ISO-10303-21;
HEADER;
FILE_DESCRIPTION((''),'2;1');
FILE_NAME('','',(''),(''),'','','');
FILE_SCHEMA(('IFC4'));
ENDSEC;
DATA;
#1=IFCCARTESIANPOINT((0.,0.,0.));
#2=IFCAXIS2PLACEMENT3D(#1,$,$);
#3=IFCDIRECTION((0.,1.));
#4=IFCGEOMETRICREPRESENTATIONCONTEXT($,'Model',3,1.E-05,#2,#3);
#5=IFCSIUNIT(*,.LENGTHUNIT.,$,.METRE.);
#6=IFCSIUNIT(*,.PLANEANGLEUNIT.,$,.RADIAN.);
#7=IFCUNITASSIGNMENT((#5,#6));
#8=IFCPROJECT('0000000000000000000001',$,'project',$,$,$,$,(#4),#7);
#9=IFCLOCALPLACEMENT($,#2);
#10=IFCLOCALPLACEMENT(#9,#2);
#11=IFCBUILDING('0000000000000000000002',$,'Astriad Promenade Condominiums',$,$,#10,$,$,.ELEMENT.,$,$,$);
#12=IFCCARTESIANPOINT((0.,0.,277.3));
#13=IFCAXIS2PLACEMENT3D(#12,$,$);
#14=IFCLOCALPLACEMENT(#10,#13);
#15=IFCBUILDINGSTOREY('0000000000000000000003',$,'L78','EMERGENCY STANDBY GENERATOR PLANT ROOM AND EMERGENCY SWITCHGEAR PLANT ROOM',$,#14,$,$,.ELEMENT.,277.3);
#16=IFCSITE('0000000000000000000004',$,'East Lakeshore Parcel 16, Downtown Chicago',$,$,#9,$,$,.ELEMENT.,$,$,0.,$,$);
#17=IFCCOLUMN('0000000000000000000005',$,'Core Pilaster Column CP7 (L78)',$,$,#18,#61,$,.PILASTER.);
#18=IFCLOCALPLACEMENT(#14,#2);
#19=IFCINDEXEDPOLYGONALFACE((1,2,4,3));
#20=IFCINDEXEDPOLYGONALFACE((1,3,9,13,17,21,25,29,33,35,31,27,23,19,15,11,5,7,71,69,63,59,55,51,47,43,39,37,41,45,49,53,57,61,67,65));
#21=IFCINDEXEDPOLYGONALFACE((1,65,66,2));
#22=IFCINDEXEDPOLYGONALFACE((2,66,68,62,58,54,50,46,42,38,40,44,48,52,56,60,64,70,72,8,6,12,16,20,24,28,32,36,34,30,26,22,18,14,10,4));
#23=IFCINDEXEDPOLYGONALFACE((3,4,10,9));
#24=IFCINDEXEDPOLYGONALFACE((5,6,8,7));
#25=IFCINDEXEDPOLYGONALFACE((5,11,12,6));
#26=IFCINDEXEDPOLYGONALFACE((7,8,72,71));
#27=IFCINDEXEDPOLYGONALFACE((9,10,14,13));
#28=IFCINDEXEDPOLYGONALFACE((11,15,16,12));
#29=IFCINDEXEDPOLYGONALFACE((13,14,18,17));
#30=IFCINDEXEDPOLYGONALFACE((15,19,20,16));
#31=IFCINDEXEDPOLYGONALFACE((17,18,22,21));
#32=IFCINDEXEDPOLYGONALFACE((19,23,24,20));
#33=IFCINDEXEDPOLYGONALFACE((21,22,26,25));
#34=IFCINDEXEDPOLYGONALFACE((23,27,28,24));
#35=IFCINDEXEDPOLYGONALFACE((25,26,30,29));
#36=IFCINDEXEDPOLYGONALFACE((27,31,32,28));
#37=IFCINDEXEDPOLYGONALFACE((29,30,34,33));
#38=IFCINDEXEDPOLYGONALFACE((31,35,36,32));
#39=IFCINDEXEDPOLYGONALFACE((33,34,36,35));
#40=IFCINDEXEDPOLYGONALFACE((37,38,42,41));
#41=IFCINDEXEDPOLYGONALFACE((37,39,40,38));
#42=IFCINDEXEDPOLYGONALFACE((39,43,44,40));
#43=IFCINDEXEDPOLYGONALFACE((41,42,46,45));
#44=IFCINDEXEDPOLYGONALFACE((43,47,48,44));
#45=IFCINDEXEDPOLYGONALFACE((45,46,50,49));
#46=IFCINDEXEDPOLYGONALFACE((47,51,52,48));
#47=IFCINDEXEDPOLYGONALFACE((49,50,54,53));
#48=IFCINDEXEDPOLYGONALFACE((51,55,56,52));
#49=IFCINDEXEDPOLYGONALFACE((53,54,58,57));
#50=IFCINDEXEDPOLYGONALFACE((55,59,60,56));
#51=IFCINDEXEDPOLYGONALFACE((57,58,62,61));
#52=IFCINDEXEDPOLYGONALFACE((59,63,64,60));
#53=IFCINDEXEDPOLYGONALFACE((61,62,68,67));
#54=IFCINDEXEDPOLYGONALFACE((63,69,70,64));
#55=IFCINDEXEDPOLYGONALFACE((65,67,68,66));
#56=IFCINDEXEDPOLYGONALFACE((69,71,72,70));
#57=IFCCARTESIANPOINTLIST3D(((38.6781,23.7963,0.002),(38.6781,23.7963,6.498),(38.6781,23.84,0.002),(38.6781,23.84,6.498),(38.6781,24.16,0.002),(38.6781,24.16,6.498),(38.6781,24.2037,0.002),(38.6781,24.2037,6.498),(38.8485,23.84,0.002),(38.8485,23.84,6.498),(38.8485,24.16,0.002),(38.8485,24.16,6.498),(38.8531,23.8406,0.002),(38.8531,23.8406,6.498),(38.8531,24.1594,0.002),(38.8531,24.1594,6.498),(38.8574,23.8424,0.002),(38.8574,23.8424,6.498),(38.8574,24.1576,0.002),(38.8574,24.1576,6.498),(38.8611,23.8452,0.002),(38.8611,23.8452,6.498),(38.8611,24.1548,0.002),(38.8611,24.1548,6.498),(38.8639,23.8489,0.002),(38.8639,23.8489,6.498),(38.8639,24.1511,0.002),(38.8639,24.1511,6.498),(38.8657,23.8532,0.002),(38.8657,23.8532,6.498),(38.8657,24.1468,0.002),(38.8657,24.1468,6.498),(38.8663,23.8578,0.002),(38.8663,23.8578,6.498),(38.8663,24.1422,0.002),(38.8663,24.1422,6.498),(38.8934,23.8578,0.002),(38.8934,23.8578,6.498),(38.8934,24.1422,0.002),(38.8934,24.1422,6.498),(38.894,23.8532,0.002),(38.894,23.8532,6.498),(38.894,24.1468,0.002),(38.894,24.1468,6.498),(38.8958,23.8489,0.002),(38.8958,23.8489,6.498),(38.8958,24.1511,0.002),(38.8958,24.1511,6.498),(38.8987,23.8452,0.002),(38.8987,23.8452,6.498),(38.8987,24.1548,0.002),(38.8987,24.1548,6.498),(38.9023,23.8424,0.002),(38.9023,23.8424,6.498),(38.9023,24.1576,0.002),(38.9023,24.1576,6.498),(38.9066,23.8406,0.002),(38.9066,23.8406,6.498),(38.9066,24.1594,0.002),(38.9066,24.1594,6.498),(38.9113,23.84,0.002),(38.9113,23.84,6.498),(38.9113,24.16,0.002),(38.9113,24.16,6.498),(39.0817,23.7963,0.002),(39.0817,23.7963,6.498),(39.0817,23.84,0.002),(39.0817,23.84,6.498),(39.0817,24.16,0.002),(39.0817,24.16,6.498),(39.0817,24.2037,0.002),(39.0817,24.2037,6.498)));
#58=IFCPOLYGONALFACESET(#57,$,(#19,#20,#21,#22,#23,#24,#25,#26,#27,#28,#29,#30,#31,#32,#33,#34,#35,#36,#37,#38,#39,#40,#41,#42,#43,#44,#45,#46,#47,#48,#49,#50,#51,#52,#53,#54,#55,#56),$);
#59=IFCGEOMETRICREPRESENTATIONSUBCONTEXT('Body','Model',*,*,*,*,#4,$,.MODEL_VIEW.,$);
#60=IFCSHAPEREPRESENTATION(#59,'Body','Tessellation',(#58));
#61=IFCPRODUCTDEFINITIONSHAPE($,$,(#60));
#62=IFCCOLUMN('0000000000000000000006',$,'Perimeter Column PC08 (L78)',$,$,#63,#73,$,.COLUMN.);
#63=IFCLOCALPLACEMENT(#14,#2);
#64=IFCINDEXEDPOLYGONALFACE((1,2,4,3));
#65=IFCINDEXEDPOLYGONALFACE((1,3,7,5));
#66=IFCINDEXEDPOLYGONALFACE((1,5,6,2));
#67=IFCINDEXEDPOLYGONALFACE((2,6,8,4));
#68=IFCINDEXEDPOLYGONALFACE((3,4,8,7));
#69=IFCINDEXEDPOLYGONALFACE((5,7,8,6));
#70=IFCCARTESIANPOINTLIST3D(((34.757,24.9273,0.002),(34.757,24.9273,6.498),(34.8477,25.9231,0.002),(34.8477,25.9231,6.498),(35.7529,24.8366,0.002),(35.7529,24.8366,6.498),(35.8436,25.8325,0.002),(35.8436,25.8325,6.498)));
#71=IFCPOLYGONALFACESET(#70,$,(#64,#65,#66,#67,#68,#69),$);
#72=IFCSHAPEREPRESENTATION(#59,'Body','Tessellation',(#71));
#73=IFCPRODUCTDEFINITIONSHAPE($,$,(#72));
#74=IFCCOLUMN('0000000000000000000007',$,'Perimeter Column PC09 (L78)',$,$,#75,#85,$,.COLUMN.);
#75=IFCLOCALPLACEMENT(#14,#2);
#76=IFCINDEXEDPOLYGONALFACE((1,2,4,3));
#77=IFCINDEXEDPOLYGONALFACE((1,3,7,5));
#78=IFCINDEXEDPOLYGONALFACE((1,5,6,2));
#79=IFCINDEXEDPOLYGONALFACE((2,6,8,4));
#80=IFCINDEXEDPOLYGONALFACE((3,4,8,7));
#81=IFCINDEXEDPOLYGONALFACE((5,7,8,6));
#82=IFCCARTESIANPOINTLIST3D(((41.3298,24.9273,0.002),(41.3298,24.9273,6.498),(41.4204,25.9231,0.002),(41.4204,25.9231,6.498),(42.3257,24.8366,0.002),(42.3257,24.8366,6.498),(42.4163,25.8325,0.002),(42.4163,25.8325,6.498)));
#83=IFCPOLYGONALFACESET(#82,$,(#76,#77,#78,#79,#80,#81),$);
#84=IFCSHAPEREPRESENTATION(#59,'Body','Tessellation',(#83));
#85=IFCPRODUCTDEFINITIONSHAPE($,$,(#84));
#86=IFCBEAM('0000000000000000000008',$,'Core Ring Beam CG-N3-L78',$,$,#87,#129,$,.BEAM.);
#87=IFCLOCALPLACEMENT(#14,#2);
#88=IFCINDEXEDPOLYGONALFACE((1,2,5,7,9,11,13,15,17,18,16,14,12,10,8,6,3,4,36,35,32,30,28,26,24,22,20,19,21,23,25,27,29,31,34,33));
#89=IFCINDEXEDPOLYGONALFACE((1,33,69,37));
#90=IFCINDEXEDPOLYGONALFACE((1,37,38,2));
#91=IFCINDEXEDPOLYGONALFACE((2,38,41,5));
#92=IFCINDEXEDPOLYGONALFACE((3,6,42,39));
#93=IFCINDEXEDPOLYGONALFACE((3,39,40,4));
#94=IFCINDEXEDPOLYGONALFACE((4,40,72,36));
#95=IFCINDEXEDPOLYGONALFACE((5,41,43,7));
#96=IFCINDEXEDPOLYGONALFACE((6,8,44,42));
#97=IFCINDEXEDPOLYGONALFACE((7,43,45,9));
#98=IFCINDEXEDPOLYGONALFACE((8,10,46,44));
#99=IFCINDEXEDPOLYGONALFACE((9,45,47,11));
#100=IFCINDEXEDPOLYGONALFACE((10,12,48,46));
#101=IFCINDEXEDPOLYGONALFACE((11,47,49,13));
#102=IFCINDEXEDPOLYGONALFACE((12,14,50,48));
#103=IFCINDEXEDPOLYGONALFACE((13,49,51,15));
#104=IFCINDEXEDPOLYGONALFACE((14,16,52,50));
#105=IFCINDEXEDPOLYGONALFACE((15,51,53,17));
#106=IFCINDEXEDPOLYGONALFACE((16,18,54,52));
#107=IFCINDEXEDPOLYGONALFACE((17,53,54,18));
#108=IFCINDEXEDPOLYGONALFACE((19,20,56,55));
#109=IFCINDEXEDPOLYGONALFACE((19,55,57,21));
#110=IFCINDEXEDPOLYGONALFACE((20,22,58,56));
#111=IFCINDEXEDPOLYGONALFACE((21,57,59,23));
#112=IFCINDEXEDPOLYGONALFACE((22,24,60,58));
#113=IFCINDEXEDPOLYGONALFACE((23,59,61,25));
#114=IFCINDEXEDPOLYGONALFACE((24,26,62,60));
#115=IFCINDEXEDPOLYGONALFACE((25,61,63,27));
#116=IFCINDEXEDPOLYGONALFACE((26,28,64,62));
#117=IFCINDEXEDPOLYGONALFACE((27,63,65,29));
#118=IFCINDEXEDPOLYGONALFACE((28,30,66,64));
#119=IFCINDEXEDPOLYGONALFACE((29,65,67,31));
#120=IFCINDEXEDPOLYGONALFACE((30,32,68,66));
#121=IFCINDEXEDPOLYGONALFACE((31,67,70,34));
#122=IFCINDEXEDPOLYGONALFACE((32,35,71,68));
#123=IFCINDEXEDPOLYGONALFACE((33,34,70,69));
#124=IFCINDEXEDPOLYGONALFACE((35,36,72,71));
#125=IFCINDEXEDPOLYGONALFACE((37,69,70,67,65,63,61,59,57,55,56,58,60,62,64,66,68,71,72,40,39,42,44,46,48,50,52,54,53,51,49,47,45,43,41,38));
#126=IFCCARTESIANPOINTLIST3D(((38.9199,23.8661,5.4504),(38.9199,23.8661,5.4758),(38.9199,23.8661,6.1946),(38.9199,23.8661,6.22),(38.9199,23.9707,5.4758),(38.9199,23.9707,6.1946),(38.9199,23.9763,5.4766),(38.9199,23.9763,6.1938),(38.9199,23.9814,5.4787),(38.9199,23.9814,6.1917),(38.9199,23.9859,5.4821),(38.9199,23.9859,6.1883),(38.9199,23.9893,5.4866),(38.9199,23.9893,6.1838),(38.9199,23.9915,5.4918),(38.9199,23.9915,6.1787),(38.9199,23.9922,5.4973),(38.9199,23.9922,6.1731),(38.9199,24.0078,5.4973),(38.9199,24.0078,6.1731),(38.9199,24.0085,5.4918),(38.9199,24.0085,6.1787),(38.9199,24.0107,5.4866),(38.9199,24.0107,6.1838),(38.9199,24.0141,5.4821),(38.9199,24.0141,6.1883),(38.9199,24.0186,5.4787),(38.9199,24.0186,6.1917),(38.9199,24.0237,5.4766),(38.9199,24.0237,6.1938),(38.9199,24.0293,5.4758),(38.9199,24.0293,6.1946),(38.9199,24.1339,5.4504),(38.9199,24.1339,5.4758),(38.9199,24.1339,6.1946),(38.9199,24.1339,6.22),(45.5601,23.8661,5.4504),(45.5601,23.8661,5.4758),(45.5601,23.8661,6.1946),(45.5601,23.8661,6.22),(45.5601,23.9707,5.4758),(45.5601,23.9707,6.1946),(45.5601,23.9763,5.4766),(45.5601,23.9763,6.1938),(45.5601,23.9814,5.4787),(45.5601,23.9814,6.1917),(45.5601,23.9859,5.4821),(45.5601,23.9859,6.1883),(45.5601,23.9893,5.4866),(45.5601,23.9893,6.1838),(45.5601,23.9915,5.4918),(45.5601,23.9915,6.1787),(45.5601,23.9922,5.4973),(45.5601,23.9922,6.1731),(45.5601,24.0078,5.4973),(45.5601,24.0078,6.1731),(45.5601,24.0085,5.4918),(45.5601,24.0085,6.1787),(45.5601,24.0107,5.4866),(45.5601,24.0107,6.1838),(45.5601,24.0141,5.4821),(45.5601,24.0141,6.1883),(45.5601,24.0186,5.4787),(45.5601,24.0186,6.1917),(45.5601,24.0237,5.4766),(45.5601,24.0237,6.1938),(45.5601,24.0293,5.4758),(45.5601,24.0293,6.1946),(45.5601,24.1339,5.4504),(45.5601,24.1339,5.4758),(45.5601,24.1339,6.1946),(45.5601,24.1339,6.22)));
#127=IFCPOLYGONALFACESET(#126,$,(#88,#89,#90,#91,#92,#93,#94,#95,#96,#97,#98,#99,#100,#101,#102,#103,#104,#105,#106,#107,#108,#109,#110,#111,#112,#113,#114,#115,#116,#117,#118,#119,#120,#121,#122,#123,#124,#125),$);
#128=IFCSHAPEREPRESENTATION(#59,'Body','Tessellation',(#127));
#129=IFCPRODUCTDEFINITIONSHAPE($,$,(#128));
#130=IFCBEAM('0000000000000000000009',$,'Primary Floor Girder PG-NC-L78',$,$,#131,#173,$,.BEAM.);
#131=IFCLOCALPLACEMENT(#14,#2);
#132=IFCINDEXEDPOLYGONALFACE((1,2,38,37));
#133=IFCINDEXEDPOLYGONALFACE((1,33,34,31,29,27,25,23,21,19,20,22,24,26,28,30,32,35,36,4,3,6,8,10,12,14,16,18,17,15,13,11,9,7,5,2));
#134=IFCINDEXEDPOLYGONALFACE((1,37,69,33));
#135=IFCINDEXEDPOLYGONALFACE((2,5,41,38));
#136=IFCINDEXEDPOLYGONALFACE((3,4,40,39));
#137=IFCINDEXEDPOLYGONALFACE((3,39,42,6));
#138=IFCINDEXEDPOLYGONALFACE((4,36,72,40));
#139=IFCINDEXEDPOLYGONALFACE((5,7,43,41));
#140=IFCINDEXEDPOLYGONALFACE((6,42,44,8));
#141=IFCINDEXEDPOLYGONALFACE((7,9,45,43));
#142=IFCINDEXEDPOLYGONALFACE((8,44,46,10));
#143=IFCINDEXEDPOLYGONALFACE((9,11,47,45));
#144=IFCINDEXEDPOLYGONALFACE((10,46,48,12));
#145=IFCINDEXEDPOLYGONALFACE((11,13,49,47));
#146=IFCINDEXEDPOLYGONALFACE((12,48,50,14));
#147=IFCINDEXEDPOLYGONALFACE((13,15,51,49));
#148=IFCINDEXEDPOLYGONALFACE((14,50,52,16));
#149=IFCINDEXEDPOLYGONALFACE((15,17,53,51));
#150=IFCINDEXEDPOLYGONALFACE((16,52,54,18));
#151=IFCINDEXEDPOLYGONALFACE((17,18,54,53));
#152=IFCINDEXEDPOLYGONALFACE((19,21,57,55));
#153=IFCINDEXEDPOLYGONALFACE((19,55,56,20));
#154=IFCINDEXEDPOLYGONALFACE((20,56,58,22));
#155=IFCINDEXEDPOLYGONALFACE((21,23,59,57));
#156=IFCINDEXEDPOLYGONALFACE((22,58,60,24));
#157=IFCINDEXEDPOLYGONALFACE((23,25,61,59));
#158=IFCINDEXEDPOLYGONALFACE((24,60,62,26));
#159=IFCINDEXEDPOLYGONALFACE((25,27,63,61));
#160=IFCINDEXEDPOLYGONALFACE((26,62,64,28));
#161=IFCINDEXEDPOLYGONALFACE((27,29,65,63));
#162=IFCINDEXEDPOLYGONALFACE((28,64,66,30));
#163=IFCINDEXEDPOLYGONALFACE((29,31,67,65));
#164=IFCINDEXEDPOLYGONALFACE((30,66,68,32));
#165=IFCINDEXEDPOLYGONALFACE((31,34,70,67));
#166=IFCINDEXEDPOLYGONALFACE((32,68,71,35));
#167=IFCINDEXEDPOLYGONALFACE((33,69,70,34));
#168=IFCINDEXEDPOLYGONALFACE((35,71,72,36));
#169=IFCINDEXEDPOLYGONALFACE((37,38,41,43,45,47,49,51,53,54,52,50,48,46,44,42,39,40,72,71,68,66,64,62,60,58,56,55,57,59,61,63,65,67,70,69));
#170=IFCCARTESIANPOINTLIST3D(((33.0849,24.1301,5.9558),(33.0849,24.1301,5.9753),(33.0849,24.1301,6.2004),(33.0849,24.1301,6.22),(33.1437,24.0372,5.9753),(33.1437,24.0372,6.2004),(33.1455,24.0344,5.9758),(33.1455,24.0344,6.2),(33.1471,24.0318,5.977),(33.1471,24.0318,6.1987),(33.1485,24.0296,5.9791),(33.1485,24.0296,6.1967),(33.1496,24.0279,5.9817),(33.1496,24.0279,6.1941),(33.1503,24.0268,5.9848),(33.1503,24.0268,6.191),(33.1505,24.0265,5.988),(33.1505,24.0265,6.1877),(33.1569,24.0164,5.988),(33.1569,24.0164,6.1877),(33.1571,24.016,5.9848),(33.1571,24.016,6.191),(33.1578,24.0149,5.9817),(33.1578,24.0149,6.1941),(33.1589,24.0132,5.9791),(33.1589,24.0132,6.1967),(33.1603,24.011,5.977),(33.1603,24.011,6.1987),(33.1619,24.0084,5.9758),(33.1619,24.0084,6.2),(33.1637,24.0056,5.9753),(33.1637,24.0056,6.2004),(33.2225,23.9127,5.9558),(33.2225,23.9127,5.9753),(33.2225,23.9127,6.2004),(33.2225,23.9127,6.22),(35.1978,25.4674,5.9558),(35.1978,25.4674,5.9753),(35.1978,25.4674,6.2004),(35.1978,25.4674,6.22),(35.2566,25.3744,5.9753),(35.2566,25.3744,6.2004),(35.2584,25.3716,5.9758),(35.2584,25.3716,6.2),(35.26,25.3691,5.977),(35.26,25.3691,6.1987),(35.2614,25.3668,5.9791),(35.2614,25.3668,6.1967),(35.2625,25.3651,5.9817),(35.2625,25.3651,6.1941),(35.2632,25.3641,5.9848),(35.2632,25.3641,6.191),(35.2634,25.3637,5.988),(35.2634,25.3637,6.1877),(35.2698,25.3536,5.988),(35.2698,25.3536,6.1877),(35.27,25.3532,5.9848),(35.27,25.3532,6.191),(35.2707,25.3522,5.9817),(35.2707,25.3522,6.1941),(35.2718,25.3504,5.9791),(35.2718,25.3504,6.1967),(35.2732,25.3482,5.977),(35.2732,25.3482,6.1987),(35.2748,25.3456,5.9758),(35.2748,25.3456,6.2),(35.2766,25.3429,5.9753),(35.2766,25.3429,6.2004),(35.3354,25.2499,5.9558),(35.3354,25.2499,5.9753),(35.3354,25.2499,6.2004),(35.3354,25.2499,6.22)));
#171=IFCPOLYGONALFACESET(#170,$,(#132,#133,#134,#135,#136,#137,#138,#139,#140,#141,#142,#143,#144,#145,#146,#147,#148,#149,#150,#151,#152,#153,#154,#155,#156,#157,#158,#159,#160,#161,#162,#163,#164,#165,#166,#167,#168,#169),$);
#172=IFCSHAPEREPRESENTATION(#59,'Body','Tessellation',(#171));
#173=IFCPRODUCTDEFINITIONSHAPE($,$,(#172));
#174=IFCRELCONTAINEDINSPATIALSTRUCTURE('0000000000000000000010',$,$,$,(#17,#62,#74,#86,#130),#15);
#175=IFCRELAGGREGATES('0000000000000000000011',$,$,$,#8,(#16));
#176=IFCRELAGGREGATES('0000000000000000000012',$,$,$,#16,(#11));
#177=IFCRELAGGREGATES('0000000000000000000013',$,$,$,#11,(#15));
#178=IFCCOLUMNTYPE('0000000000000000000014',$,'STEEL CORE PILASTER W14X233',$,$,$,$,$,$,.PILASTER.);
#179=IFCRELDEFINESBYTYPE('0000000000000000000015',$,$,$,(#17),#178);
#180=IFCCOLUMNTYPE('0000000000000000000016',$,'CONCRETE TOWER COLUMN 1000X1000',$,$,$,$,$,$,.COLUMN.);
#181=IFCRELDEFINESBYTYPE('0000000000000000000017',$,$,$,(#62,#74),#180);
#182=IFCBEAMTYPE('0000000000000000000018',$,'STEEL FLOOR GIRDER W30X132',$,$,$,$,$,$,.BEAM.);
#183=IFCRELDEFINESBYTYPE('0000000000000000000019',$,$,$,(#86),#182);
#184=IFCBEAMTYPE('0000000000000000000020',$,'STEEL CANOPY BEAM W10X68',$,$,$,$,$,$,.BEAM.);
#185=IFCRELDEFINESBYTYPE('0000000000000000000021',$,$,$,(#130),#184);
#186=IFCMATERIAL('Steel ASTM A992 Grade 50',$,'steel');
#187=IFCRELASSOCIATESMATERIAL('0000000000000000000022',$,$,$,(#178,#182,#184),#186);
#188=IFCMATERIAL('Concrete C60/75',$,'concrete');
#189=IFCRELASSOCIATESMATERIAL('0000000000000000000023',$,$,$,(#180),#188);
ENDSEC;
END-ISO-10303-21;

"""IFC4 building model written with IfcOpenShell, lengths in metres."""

from ifc_helpers import new_model, si_unit, direction, frame, origin, origin_2d, place, context, subcontext, project, spatial, rectangle, i_section, extrude, source, transform, mapped, material, material_profile, profile_set, type_object, type_shapes, element, save


model = new_model("IFC4")

# Units and contexts
model_context = context("Model", 3, precision=1e-05, world=origin(), true_north=direction((0.0, 1.0)))
body_context = subcontext(model_context, "Body", "Model", "MODEL_VIEW")
ifc_project = project(units=[si_unit("LENGTHUNIT", "METRE"), si_unit("PLANEANGLEUNIT", "RADIAN")], contexts=[model_context])

# Site, building, storey
site_placement = place(None, origin())
site = spatial("IfcSite", under=ifc_project, at=site_placement, Name="East Lakeshore Parcel 16, Downtown Chicago", CompositionType="ELEMENT", RefElevation=0.0)
building_placement = place(site_placement, origin())
building = spatial("IfcBuilding", under=site, at=building_placement, Name="Astriad Promenade Condominiums", CompositionType="ELEMENT")
storey_placement = place(building_placement, frame((0.0, 0.0, 277.3)))
storey = spatial("IfcBuildingStorey", under=building, at=storey_placement, Name="L78", Description="EMERGENCY STANDBY GENERATOR PLANT ROOM AND EMERGENCY SWITCHGEAR PLANT ROOM", CompositionType="ELEMENT", Elevation=277.3)

# Columns
ifc_material_1 = material(Name="Steel ASTM A992 Grade 50", Category="steel")
ifc_material_profile_1 = material_profile(ifc_material_1, i_section(OverallWidth=0.4036, OverallDepth=0.4075, WebThickness=0.0271, FlangeThickness=0.0437, FilletRadius=0.0178, at=origin_2d()), Name="W14X233")
ifc_profile_set_1 = profile_set([ifc_material_profile_1], Name="Steel ASTM A992 Grade 50")
column_type_1 = type_object("IfcColumnType", Name="STEEL CORE PILASTER W14X233", PredefinedType="PILASTER", material=ifc_profile_set_1)
shared_shape_1 = source(origin(), body_context, "Body", "SweptSolid", [
    extrude(i_section(OverallWidth=0.4036, OverallDepth=0.4075, WebThickness=0.0271, FlangeThickness=0.0437, FilletRadius=0.0178, at=origin_2d()), origin(), (0.0, 0.0, 1.0), 6.4961),
])
type_shapes(column_type_1, [shared_shape_1])
column_placement = place(storey_placement, frame((38.8799, 24.0, 0.002), z_axis=(0.0, 0.0, 1.0), x_axis=(1.0, 0.0, 0.0)))
element("IfcColumn", 1, at=column_placement, inside=storey, type_object=column_type_1, Name="Core Pilaster Column CP7 (L78)", PredefinedType="PILASTER", context=body_context, shape_type="MappedRepresentation", body=[
    mapped(shared_shape_1, transform((0.0, 0.0, 0.0), scale=1.0)),
])
ifc_material_2 = material(Name="Concrete C60/75", Category="concrete")
ifc_material_profile_2 = material_profile(ifc_material_2, rectangle(XDim=1.0, YDim=1.0, at=origin_2d()), Name="RC-COL-1000X1000")
ifc_profile_set_2 = profile_set([ifc_material_profile_2], Name="Concrete C60/75")
column_type_2 = type_object("IfcColumnType", Name="CONCRETE TOWER COLUMN 1000X1000", PredefinedType="COLUMN", material=ifc_profile_set_2)
shared_shape_2 = source(origin(), body_context, "Body", "SweptSolid", [
    extrude(rectangle(XDim=1.0, YDim=1.0, at=origin_2d()), origin(), (0.0, 0.0, 1.0), 6.4961),
])
type_shapes(column_type_2, [shared_shape_2])
for number, where, z_axis, x_axis, name in (
    (2, (35.3003, 25.3799, 0.002), (0.0, 0.0, 1.0), (0.995884, -0.090633, 0.0), "Perimeter Column PC08 (L78)"),
    (3, (41.873, 25.3799, 0.002), (0.0, 0.0, 1.0), (0.995884, -0.090633, 0.0), "Perimeter Column PC09 (L78)"),
):
    element("IfcColumn", number, at=place(storey_placement, frame(where, z_axis=z_axis, x_axis=x_axis)), inside=storey, type_object=column_type_2, Name=name, PredefinedType="COLUMN", context=body_context, shape_type="MappedRepresentation", body=[
        mapped(shared_shape_2, transform((0.0, 0.0, 0.0), scale=1.0)),
    ])

# Beams
ifc_material_profile_3 = material_profile(ifc_material_1, i_section(OverallWidth=0.2678, OverallDepth=0.7695, WebThickness=0.0156, FlangeThickness=0.0254, FilletRadius=0.0215, at=origin_2d()), Name="W30X132")
ifc_profile_set_3 = profile_set([ifc_material_profile_3], Name="Steel ASTM A992 Grade 50")
beam_type_1 = type_object("IfcBeamType", Name="STEEL FLOOR GIRDER W30X132", PredefinedType="BEAM", material=ifc_profile_set_3)
shared_shape_3 = source(origin(), body_context, "Body", "SweptSolid", [
    extrude(i_section(OverallWidth=0.2678, OverallDepth=0.7695, WebThickness=0.0156, FlangeThickness=0.0254, FilletRadius=0.0215, at=origin_2d()), origin(), (0.0, 0.0, 1.0), 6.6401),
])
type_shapes(beam_type_1, [shared_shape_3])
beam_1_placement = place(storey_placement, frame((38.9199, 24.0, 5.8352), z_axis=(1.0, 0.0, 0.0), x_axis=(0.0, 1.0, 0.0)))
element("IfcBeam", 4, at=beam_1_placement, inside=storey, type_object=beam_type_1, Name="Core Ring Beam CG-N3-L78", PredefinedType="BEAM", context=body_context, shape_type="MappedRepresentation", body=[
    mapped(shared_shape_3, transform((0.0, 0.0, 0.0), scale=1.0)),
])
ifc_material_profile_4 = material_profile(ifc_material_1, i_section(OverallWidth=0.2573, OverallDepth=0.2642, WebThickness=0.012, FlangeThickness=0.0195, FilletRadius=0.0127, at=origin_2d()), Name="W10X68")
ifc_profile_set_4 = profile_set([ifc_material_profile_4], Name="Steel ASTM A992 Grade 50")
beam_type_2 = type_object("IfcBeamType", Name="STEEL CANOPY BEAM W10X68", PredefinedType="BEAM", material=ifc_profile_set_4)
shared_shape_4 = source(origin(), body_context, "Body", "SweptSolid", [
    extrude(i_section(OverallWidth=0.2573, OverallDepth=0.2642, WebThickness=0.012, FlangeThickness=0.0195, FilletRadius=0.0127, at=origin_2d()), origin(), (0.0, 0.0, 1.0), 2.5005),
])
type_shapes(beam_type_2, [shared_shape_4])
beam_2_placement = place(storey_placement, frame((35.2666, 25.3586, 6.0879), z_axis=(-0.84499, -0.534783, 0.0), x_axis=(0.534783, -0.84499, 0.0)))
element("IfcBeam", 5, at=beam_2_placement, inside=storey, type_object=beam_type_2, Name="Primary Floor Girder PG-NC-L78", PredefinedType="BEAM", context=body_context, shape_type="MappedRepresentation", body=[
    mapped(shared_shape_4, transform((0.0, 0.0, 0.0), scale=1.0)),
])

save(model, "model.ifc")
